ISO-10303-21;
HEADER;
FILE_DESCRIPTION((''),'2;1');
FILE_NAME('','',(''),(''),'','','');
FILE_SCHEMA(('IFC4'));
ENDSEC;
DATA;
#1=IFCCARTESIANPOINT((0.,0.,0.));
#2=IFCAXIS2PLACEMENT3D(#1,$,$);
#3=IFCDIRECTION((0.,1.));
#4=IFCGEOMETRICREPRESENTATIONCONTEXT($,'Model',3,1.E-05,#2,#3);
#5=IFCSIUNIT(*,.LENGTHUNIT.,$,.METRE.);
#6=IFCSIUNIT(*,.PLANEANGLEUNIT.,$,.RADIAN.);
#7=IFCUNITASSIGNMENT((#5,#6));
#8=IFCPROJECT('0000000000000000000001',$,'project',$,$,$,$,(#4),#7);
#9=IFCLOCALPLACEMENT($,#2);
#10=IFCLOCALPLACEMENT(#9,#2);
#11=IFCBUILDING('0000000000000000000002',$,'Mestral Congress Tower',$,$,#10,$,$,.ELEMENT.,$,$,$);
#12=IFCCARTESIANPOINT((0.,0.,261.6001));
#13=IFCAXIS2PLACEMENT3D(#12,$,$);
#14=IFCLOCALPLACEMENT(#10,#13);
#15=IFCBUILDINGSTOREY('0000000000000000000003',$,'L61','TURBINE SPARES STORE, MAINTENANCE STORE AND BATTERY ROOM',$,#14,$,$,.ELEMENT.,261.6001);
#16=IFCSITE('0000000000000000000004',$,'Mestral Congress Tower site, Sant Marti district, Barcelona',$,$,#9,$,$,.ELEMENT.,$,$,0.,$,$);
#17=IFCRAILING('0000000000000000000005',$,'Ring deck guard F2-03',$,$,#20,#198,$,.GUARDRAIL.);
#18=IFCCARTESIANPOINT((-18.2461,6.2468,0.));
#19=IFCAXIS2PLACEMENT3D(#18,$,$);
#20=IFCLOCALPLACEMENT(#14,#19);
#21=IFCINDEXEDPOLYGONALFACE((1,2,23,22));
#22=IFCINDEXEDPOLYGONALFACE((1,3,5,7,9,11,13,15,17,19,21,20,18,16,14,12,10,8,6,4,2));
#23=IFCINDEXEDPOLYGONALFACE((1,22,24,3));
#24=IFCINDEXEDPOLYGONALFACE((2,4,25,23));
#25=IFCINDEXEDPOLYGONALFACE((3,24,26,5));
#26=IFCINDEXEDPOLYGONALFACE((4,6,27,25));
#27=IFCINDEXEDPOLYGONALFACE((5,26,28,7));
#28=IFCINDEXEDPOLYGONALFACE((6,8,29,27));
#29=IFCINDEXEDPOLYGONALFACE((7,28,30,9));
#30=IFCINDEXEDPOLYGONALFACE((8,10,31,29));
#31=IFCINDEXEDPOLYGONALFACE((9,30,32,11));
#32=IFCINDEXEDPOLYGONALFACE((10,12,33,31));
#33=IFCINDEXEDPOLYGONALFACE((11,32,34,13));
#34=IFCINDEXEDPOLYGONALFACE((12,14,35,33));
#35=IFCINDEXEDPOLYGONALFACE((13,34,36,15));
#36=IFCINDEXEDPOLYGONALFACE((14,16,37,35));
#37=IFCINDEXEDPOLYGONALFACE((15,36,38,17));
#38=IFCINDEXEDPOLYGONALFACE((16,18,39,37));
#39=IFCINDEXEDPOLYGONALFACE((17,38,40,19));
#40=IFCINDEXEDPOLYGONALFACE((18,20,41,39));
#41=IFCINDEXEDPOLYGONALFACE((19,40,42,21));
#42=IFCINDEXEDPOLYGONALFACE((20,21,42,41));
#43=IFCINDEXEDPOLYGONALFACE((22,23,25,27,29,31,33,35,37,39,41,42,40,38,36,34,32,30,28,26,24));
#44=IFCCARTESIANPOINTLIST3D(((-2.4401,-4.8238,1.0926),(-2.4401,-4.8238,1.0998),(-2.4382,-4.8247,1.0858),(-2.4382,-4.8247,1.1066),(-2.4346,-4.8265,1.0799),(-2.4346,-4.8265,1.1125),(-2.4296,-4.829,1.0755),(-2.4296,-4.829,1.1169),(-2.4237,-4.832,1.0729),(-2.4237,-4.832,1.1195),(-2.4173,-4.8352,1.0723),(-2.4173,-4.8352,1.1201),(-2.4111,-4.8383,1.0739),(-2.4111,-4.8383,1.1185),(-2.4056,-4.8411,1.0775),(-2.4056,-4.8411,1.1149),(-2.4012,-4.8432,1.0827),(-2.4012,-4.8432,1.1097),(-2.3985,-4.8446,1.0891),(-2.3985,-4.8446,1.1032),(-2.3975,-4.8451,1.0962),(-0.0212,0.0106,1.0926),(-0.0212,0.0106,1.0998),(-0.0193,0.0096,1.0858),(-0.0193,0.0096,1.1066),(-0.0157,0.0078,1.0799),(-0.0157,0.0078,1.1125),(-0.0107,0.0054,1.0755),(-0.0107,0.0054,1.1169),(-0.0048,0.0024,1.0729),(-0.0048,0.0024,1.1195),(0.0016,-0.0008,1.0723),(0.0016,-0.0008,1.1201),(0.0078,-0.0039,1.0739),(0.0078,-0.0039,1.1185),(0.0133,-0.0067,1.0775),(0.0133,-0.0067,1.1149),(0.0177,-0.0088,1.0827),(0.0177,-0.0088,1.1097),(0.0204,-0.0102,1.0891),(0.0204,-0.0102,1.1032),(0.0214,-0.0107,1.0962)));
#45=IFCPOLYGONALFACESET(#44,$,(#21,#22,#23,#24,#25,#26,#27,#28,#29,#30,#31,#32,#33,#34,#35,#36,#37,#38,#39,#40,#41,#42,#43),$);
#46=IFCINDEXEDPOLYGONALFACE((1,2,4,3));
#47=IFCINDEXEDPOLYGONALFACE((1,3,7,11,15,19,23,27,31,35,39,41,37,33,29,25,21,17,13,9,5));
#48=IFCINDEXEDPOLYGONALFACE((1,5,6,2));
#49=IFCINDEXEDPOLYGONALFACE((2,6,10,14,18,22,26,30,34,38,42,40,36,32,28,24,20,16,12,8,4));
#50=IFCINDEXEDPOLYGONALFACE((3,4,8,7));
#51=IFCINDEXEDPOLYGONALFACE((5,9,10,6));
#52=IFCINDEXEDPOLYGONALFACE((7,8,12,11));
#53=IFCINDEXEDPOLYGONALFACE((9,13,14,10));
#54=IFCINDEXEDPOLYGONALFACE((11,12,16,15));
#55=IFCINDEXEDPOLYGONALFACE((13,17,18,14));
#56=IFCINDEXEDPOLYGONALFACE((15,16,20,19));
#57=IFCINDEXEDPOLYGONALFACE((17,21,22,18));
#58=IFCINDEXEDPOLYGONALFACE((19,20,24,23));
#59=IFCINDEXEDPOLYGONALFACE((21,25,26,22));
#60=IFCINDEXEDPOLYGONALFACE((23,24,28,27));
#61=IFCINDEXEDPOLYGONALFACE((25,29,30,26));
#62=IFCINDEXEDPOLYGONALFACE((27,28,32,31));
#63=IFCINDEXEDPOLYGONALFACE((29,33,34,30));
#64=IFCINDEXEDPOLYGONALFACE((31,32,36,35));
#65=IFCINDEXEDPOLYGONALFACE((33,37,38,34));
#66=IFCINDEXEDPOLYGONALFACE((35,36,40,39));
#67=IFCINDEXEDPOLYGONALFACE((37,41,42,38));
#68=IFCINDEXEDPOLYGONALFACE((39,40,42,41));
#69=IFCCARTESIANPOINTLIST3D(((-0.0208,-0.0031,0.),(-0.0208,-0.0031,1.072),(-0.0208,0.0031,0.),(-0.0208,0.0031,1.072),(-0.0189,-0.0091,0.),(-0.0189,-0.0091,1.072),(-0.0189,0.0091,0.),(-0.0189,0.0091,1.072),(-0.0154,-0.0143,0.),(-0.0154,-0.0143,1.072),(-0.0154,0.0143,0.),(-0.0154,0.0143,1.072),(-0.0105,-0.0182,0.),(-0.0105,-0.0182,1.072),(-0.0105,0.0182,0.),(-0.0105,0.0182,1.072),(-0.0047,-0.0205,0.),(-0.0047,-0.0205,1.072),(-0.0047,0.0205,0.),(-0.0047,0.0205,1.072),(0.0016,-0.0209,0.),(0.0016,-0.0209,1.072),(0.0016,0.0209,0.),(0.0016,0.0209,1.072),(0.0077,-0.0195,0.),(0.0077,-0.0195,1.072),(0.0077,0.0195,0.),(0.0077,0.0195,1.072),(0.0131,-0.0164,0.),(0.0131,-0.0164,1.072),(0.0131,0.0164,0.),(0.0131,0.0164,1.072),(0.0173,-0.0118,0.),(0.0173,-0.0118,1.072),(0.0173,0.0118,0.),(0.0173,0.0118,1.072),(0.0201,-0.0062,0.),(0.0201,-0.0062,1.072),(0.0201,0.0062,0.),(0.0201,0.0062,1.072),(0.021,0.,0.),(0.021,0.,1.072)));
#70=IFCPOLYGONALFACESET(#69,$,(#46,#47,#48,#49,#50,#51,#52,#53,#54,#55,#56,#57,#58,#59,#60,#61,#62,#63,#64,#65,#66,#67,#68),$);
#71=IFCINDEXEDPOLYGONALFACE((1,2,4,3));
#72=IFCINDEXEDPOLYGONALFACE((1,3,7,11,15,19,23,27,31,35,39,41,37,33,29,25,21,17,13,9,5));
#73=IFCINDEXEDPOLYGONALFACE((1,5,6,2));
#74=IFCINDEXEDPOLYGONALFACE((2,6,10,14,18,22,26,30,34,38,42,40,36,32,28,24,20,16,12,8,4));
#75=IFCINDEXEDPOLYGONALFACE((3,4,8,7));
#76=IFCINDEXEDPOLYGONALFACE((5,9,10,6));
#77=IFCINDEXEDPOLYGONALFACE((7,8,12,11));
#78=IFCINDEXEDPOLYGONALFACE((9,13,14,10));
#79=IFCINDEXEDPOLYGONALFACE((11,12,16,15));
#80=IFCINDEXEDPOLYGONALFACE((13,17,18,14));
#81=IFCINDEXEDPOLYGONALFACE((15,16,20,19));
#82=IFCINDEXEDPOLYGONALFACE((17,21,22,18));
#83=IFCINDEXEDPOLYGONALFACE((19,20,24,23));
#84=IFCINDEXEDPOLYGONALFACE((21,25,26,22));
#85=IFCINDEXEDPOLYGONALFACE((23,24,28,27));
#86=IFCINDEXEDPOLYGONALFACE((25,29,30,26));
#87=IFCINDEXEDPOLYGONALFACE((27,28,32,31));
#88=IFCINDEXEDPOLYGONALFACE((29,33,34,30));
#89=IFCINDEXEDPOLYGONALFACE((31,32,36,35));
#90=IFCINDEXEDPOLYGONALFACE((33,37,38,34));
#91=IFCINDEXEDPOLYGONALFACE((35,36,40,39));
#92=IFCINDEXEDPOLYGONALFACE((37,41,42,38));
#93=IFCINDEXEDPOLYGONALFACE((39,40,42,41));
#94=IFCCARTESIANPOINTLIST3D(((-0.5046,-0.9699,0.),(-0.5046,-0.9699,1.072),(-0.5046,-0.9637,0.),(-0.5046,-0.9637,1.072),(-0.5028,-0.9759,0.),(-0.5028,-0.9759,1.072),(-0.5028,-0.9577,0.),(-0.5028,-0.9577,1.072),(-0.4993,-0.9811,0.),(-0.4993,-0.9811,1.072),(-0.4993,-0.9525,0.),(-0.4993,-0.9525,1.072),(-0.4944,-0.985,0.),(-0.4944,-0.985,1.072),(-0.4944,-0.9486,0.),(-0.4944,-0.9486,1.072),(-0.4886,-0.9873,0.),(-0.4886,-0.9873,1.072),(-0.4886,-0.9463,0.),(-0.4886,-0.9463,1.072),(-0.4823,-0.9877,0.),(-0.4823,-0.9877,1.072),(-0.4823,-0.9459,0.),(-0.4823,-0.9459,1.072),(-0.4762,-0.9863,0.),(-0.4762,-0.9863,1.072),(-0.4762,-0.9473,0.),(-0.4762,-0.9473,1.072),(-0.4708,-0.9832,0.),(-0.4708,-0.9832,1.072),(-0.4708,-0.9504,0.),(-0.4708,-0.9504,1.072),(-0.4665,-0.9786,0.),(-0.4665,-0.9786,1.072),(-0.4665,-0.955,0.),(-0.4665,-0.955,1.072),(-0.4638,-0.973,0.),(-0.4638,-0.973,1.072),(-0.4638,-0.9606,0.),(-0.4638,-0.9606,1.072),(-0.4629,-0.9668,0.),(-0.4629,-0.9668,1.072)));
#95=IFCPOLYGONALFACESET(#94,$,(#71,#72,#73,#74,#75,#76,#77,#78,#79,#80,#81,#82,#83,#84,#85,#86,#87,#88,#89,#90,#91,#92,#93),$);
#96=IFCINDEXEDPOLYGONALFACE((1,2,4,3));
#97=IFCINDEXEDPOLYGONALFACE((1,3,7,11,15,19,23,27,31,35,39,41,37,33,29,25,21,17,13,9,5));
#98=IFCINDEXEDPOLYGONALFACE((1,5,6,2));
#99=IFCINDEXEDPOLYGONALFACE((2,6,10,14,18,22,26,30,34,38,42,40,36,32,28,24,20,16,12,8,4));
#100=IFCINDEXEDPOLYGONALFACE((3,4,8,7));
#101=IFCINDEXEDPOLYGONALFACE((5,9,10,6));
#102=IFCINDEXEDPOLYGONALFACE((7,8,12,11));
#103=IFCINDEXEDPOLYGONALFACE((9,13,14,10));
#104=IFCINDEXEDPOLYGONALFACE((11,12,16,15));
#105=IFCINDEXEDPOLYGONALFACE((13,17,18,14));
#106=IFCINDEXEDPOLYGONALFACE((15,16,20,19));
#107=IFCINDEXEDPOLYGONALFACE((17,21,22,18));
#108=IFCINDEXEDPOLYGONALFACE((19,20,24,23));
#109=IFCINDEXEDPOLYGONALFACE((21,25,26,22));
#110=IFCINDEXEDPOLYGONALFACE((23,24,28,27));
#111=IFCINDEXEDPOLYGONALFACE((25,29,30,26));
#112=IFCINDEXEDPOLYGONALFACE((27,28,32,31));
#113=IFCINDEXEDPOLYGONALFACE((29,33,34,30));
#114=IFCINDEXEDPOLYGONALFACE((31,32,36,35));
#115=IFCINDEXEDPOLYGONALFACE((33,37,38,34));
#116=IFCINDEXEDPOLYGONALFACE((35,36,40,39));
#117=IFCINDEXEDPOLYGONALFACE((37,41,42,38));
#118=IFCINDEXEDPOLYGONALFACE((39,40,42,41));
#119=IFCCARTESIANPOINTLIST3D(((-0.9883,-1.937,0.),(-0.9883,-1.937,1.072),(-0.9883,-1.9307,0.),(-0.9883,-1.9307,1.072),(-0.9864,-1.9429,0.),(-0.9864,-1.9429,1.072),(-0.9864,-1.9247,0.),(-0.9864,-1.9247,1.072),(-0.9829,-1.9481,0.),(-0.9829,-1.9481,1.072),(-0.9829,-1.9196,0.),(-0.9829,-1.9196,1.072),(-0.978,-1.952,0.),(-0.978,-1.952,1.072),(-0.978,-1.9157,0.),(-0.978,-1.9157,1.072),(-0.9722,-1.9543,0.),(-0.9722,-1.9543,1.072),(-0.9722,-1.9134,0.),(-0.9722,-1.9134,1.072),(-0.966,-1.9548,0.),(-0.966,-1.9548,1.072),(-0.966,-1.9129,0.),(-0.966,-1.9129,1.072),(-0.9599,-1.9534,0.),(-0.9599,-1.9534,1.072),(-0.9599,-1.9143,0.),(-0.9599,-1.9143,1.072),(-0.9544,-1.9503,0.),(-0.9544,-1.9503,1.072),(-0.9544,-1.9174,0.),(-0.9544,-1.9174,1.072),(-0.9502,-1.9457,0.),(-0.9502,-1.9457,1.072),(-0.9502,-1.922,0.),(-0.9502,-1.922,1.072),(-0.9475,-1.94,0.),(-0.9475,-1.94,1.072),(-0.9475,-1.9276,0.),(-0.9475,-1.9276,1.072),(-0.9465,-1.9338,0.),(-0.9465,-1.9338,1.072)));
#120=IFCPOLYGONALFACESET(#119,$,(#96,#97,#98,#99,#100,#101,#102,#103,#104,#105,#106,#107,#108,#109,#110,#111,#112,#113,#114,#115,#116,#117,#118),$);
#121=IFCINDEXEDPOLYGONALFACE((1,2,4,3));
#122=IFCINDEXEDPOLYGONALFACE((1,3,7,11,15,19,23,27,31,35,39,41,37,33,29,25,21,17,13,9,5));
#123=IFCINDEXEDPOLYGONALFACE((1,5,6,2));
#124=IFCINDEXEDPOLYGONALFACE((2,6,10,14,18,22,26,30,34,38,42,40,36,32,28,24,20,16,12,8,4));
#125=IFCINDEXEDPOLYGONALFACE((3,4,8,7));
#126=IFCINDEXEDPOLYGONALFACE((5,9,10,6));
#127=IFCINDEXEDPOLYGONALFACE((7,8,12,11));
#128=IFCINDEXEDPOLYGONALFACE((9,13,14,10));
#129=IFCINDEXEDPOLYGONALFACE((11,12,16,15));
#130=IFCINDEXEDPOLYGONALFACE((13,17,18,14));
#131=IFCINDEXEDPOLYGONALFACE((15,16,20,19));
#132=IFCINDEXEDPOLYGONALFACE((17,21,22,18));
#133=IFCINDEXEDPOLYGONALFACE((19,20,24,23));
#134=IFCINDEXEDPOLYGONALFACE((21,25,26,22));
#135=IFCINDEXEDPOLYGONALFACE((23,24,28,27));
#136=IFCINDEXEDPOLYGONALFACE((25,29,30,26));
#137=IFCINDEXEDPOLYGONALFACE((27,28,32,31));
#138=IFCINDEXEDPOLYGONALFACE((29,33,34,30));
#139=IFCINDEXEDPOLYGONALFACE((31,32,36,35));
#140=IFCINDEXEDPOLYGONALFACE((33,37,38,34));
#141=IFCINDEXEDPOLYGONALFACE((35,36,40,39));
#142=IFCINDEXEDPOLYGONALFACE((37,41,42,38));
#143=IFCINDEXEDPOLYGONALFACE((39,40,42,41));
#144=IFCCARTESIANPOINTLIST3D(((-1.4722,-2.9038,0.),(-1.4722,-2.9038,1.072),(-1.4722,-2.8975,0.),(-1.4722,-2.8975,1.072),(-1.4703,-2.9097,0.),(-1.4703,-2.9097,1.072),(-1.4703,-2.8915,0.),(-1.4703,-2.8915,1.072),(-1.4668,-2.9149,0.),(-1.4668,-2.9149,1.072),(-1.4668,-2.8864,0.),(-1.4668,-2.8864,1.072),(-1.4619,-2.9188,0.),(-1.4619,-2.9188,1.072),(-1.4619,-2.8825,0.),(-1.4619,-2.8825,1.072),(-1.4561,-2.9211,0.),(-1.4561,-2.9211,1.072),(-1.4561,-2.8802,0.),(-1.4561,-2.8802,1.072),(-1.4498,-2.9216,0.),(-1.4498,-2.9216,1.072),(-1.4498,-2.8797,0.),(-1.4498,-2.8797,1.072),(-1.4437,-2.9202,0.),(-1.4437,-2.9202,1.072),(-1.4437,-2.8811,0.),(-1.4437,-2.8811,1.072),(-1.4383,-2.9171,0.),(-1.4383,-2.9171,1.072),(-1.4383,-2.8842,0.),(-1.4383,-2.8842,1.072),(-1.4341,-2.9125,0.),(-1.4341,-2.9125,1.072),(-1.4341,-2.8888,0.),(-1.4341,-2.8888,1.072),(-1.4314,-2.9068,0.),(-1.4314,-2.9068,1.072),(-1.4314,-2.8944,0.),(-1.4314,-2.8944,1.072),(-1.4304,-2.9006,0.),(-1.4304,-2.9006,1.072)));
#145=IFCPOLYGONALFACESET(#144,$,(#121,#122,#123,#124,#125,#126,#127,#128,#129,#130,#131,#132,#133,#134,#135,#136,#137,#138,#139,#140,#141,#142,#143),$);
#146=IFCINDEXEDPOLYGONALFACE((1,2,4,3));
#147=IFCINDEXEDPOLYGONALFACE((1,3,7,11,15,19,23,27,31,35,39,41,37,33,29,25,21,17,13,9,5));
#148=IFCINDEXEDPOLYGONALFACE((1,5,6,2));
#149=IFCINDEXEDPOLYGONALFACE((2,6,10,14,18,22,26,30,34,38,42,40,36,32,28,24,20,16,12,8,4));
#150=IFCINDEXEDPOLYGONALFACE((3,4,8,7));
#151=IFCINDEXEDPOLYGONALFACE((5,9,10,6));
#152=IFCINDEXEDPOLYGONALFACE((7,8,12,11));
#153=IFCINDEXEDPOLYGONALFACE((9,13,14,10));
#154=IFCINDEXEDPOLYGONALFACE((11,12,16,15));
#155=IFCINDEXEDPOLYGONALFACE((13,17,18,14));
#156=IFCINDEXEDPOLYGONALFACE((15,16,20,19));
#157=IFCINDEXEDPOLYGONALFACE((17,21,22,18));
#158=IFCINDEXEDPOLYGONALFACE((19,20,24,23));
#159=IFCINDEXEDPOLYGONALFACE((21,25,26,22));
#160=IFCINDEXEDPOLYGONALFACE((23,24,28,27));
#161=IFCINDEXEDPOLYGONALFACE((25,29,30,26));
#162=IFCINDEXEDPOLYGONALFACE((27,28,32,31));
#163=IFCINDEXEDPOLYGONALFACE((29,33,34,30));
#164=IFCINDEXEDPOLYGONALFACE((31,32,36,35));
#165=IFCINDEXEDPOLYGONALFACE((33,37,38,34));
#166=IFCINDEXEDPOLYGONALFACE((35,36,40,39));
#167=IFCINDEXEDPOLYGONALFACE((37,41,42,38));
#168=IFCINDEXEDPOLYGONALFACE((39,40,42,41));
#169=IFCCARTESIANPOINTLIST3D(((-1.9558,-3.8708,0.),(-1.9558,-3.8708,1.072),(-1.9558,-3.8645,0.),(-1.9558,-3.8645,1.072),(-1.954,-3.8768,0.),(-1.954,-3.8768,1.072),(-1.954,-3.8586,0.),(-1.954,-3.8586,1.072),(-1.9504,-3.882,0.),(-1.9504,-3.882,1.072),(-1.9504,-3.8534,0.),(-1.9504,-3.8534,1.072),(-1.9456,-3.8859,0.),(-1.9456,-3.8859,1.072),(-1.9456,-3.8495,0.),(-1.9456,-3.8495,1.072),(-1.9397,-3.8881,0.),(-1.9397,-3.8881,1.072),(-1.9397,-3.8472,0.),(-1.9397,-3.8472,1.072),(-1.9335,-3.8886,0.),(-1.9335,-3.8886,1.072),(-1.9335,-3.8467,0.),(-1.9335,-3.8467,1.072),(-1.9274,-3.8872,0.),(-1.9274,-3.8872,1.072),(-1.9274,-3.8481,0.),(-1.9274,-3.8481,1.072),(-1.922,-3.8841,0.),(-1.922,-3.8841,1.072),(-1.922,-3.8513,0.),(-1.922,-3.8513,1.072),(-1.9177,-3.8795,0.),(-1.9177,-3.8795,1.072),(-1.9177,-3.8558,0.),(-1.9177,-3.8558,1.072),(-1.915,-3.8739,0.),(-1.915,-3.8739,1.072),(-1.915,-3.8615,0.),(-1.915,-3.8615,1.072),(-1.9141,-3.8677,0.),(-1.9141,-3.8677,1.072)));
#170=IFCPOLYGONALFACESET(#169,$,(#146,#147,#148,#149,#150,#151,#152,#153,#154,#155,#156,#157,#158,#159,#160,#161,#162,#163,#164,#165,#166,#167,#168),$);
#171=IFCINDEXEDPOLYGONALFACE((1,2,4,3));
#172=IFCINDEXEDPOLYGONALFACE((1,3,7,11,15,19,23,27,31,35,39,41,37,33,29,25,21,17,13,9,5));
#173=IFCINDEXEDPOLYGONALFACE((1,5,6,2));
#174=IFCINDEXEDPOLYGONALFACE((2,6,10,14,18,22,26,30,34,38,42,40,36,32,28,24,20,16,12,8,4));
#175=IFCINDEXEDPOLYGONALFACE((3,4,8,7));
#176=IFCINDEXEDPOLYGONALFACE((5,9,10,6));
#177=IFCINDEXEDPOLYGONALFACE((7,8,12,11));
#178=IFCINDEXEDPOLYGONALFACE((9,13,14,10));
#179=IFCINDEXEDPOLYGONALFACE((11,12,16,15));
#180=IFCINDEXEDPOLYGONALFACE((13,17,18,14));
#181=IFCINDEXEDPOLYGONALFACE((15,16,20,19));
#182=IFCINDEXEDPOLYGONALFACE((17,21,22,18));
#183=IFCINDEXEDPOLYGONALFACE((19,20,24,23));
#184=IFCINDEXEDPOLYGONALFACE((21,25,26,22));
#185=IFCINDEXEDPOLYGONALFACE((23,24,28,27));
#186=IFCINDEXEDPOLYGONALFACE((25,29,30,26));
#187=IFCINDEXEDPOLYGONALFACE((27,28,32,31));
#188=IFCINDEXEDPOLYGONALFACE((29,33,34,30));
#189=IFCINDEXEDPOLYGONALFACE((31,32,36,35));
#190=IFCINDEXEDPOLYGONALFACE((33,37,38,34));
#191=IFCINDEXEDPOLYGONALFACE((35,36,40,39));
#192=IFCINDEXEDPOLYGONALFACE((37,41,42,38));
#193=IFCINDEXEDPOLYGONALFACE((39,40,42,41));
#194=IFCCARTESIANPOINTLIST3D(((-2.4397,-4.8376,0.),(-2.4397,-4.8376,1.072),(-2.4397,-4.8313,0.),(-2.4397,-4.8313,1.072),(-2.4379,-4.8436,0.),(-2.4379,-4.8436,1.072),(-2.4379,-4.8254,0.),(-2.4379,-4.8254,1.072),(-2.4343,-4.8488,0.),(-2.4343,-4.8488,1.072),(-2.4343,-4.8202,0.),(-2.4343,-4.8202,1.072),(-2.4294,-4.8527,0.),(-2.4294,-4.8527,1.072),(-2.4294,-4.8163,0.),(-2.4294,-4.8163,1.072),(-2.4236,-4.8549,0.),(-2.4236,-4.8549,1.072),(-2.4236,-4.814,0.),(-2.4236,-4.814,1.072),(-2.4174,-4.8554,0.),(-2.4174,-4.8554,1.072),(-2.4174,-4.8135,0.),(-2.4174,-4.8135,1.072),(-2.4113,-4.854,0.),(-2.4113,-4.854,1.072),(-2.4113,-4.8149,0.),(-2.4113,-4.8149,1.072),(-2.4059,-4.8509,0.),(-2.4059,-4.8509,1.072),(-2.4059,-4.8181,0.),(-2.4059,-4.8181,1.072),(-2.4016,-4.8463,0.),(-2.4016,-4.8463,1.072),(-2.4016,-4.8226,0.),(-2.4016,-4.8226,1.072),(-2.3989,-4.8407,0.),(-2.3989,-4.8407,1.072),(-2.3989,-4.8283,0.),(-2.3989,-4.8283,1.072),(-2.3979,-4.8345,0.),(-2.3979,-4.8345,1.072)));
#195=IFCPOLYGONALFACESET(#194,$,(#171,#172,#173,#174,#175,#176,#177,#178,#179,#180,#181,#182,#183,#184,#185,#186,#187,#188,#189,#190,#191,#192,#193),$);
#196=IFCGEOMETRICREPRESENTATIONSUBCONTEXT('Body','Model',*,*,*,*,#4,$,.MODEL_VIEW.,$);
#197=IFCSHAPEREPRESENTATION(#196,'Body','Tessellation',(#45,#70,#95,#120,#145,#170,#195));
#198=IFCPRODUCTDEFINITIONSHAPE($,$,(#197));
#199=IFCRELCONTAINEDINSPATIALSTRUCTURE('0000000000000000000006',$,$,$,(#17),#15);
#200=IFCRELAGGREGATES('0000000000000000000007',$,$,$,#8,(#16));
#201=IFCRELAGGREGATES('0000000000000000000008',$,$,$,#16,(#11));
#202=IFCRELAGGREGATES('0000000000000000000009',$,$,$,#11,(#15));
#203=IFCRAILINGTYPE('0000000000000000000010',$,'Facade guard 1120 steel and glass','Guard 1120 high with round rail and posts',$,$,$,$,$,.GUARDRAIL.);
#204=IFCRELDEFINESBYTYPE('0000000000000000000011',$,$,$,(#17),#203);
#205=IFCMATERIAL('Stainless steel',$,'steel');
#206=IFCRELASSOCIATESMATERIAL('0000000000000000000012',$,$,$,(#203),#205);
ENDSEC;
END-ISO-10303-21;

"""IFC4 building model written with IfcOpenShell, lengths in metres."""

from ifc_helpers import new_model, si_unit, direction, frame, origin, origin_2d, place, context, subcontext, project, spatial, circle, extrude, material, type_object, element, save


model = new_model("IFC4")

# Units and contexts
model_context = context("Model", 3, precision=1e-05, world=origin(), true_north=direction((0.0, 1.0)))
body_context = subcontext(model_context, "Body", "Model", "MODEL_VIEW")
ifc_project = project(units=[si_unit("LENGTHUNIT", "METRE"), si_unit("PLANEANGLEUNIT", "RADIAN")], contexts=[model_context])

# Site, building, storey
site_placement = place(None, origin())
site = spatial("IfcSite", under=ifc_project, at=site_placement, Name="Mestral Congress Tower site, Sant Marti district, Barcelona", CompositionType="ELEMENT", RefElevation=0.0)
building_placement = place(site_placement, origin())
building = spatial("IfcBuilding", under=site, at=building_placement, Name="Mestral Congress Tower", CompositionType="ELEMENT")
storey_placement = place(building_placement, frame((0.0, 0.0, 261.6001)))
storey = spatial("IfcBuildingStorey", under=building, at=storey_placement, Name="L61", Description="TURBINE SPARES STORE, MAINTENANCE STORE AND BATTERY ROOM", CompositionType="ELEMENT", Elevation=261.6001)

# Railing
ifc_material_1 = material(Name="Stainless steel", Category="steel")
railing_type = type_object("IfcRailingType", Name="Facade guard 1120 steel and glass", Description="Guard 1120 high with round rail and posts", PredefinedType="GUARDRAIL", material=ifc_material_1)
railing_1_placement = place(storey_placement, frame((-18.2461, 6.2468, 0.0)))
element("IfcRailing", 1, at=railing_1_placement, inside=storey, type_object=railing_type, Name="Ring deck guard F2-03", PredefinedType="GUARDRAIL", context=body_context, shape_type="SweptSolid", body=[
    extrude(circle(Radius=0.0239, at=origin_2d()), frame((0.0, 0.0, 1.0962), z_axis=(-0.447466, -0.894301, 0.0), x_axis=(0.894301, -0.447466, 0.0)), (0.0, 0.0, 1.0), 5.4058),
    extrude(circle(Radius=0.021, at=origin_2d()), origin(), (0.0, 0.0, 1.0), 1.072),
    extrude(circle(Radius=0.021, at=origin_2d()), frame((-0.4839, -0.9668, 0.0)), (0.0, 0.0, 1.0), 1.072),
    extrude(circle(Radius=0.021, at=origin_2d()), frame((-0.9675, -1.9338, 0.0)), (0.0, 0.0, 1.0), 1.072),
    extrude(circle(Radius=0.021, at=origin_2d()), frame((-1.4514, -2.9006, 0.0)), (0.0, 0.0, 1.0), 1.072),
    extrude(circle(Radius=0.021, at=origin_2d()), frame((-1.9351, -3.8677, 0.0)), (0.0, 0.0, 1.0), 1.072),
    extrude(circle(Radius=0.021, at=origin_2d()), frame((-2.4189, -4.8345, 0.0)), (0.0, 0.0, 1.0), 1.072),
])

save(model, "model.ifc")
